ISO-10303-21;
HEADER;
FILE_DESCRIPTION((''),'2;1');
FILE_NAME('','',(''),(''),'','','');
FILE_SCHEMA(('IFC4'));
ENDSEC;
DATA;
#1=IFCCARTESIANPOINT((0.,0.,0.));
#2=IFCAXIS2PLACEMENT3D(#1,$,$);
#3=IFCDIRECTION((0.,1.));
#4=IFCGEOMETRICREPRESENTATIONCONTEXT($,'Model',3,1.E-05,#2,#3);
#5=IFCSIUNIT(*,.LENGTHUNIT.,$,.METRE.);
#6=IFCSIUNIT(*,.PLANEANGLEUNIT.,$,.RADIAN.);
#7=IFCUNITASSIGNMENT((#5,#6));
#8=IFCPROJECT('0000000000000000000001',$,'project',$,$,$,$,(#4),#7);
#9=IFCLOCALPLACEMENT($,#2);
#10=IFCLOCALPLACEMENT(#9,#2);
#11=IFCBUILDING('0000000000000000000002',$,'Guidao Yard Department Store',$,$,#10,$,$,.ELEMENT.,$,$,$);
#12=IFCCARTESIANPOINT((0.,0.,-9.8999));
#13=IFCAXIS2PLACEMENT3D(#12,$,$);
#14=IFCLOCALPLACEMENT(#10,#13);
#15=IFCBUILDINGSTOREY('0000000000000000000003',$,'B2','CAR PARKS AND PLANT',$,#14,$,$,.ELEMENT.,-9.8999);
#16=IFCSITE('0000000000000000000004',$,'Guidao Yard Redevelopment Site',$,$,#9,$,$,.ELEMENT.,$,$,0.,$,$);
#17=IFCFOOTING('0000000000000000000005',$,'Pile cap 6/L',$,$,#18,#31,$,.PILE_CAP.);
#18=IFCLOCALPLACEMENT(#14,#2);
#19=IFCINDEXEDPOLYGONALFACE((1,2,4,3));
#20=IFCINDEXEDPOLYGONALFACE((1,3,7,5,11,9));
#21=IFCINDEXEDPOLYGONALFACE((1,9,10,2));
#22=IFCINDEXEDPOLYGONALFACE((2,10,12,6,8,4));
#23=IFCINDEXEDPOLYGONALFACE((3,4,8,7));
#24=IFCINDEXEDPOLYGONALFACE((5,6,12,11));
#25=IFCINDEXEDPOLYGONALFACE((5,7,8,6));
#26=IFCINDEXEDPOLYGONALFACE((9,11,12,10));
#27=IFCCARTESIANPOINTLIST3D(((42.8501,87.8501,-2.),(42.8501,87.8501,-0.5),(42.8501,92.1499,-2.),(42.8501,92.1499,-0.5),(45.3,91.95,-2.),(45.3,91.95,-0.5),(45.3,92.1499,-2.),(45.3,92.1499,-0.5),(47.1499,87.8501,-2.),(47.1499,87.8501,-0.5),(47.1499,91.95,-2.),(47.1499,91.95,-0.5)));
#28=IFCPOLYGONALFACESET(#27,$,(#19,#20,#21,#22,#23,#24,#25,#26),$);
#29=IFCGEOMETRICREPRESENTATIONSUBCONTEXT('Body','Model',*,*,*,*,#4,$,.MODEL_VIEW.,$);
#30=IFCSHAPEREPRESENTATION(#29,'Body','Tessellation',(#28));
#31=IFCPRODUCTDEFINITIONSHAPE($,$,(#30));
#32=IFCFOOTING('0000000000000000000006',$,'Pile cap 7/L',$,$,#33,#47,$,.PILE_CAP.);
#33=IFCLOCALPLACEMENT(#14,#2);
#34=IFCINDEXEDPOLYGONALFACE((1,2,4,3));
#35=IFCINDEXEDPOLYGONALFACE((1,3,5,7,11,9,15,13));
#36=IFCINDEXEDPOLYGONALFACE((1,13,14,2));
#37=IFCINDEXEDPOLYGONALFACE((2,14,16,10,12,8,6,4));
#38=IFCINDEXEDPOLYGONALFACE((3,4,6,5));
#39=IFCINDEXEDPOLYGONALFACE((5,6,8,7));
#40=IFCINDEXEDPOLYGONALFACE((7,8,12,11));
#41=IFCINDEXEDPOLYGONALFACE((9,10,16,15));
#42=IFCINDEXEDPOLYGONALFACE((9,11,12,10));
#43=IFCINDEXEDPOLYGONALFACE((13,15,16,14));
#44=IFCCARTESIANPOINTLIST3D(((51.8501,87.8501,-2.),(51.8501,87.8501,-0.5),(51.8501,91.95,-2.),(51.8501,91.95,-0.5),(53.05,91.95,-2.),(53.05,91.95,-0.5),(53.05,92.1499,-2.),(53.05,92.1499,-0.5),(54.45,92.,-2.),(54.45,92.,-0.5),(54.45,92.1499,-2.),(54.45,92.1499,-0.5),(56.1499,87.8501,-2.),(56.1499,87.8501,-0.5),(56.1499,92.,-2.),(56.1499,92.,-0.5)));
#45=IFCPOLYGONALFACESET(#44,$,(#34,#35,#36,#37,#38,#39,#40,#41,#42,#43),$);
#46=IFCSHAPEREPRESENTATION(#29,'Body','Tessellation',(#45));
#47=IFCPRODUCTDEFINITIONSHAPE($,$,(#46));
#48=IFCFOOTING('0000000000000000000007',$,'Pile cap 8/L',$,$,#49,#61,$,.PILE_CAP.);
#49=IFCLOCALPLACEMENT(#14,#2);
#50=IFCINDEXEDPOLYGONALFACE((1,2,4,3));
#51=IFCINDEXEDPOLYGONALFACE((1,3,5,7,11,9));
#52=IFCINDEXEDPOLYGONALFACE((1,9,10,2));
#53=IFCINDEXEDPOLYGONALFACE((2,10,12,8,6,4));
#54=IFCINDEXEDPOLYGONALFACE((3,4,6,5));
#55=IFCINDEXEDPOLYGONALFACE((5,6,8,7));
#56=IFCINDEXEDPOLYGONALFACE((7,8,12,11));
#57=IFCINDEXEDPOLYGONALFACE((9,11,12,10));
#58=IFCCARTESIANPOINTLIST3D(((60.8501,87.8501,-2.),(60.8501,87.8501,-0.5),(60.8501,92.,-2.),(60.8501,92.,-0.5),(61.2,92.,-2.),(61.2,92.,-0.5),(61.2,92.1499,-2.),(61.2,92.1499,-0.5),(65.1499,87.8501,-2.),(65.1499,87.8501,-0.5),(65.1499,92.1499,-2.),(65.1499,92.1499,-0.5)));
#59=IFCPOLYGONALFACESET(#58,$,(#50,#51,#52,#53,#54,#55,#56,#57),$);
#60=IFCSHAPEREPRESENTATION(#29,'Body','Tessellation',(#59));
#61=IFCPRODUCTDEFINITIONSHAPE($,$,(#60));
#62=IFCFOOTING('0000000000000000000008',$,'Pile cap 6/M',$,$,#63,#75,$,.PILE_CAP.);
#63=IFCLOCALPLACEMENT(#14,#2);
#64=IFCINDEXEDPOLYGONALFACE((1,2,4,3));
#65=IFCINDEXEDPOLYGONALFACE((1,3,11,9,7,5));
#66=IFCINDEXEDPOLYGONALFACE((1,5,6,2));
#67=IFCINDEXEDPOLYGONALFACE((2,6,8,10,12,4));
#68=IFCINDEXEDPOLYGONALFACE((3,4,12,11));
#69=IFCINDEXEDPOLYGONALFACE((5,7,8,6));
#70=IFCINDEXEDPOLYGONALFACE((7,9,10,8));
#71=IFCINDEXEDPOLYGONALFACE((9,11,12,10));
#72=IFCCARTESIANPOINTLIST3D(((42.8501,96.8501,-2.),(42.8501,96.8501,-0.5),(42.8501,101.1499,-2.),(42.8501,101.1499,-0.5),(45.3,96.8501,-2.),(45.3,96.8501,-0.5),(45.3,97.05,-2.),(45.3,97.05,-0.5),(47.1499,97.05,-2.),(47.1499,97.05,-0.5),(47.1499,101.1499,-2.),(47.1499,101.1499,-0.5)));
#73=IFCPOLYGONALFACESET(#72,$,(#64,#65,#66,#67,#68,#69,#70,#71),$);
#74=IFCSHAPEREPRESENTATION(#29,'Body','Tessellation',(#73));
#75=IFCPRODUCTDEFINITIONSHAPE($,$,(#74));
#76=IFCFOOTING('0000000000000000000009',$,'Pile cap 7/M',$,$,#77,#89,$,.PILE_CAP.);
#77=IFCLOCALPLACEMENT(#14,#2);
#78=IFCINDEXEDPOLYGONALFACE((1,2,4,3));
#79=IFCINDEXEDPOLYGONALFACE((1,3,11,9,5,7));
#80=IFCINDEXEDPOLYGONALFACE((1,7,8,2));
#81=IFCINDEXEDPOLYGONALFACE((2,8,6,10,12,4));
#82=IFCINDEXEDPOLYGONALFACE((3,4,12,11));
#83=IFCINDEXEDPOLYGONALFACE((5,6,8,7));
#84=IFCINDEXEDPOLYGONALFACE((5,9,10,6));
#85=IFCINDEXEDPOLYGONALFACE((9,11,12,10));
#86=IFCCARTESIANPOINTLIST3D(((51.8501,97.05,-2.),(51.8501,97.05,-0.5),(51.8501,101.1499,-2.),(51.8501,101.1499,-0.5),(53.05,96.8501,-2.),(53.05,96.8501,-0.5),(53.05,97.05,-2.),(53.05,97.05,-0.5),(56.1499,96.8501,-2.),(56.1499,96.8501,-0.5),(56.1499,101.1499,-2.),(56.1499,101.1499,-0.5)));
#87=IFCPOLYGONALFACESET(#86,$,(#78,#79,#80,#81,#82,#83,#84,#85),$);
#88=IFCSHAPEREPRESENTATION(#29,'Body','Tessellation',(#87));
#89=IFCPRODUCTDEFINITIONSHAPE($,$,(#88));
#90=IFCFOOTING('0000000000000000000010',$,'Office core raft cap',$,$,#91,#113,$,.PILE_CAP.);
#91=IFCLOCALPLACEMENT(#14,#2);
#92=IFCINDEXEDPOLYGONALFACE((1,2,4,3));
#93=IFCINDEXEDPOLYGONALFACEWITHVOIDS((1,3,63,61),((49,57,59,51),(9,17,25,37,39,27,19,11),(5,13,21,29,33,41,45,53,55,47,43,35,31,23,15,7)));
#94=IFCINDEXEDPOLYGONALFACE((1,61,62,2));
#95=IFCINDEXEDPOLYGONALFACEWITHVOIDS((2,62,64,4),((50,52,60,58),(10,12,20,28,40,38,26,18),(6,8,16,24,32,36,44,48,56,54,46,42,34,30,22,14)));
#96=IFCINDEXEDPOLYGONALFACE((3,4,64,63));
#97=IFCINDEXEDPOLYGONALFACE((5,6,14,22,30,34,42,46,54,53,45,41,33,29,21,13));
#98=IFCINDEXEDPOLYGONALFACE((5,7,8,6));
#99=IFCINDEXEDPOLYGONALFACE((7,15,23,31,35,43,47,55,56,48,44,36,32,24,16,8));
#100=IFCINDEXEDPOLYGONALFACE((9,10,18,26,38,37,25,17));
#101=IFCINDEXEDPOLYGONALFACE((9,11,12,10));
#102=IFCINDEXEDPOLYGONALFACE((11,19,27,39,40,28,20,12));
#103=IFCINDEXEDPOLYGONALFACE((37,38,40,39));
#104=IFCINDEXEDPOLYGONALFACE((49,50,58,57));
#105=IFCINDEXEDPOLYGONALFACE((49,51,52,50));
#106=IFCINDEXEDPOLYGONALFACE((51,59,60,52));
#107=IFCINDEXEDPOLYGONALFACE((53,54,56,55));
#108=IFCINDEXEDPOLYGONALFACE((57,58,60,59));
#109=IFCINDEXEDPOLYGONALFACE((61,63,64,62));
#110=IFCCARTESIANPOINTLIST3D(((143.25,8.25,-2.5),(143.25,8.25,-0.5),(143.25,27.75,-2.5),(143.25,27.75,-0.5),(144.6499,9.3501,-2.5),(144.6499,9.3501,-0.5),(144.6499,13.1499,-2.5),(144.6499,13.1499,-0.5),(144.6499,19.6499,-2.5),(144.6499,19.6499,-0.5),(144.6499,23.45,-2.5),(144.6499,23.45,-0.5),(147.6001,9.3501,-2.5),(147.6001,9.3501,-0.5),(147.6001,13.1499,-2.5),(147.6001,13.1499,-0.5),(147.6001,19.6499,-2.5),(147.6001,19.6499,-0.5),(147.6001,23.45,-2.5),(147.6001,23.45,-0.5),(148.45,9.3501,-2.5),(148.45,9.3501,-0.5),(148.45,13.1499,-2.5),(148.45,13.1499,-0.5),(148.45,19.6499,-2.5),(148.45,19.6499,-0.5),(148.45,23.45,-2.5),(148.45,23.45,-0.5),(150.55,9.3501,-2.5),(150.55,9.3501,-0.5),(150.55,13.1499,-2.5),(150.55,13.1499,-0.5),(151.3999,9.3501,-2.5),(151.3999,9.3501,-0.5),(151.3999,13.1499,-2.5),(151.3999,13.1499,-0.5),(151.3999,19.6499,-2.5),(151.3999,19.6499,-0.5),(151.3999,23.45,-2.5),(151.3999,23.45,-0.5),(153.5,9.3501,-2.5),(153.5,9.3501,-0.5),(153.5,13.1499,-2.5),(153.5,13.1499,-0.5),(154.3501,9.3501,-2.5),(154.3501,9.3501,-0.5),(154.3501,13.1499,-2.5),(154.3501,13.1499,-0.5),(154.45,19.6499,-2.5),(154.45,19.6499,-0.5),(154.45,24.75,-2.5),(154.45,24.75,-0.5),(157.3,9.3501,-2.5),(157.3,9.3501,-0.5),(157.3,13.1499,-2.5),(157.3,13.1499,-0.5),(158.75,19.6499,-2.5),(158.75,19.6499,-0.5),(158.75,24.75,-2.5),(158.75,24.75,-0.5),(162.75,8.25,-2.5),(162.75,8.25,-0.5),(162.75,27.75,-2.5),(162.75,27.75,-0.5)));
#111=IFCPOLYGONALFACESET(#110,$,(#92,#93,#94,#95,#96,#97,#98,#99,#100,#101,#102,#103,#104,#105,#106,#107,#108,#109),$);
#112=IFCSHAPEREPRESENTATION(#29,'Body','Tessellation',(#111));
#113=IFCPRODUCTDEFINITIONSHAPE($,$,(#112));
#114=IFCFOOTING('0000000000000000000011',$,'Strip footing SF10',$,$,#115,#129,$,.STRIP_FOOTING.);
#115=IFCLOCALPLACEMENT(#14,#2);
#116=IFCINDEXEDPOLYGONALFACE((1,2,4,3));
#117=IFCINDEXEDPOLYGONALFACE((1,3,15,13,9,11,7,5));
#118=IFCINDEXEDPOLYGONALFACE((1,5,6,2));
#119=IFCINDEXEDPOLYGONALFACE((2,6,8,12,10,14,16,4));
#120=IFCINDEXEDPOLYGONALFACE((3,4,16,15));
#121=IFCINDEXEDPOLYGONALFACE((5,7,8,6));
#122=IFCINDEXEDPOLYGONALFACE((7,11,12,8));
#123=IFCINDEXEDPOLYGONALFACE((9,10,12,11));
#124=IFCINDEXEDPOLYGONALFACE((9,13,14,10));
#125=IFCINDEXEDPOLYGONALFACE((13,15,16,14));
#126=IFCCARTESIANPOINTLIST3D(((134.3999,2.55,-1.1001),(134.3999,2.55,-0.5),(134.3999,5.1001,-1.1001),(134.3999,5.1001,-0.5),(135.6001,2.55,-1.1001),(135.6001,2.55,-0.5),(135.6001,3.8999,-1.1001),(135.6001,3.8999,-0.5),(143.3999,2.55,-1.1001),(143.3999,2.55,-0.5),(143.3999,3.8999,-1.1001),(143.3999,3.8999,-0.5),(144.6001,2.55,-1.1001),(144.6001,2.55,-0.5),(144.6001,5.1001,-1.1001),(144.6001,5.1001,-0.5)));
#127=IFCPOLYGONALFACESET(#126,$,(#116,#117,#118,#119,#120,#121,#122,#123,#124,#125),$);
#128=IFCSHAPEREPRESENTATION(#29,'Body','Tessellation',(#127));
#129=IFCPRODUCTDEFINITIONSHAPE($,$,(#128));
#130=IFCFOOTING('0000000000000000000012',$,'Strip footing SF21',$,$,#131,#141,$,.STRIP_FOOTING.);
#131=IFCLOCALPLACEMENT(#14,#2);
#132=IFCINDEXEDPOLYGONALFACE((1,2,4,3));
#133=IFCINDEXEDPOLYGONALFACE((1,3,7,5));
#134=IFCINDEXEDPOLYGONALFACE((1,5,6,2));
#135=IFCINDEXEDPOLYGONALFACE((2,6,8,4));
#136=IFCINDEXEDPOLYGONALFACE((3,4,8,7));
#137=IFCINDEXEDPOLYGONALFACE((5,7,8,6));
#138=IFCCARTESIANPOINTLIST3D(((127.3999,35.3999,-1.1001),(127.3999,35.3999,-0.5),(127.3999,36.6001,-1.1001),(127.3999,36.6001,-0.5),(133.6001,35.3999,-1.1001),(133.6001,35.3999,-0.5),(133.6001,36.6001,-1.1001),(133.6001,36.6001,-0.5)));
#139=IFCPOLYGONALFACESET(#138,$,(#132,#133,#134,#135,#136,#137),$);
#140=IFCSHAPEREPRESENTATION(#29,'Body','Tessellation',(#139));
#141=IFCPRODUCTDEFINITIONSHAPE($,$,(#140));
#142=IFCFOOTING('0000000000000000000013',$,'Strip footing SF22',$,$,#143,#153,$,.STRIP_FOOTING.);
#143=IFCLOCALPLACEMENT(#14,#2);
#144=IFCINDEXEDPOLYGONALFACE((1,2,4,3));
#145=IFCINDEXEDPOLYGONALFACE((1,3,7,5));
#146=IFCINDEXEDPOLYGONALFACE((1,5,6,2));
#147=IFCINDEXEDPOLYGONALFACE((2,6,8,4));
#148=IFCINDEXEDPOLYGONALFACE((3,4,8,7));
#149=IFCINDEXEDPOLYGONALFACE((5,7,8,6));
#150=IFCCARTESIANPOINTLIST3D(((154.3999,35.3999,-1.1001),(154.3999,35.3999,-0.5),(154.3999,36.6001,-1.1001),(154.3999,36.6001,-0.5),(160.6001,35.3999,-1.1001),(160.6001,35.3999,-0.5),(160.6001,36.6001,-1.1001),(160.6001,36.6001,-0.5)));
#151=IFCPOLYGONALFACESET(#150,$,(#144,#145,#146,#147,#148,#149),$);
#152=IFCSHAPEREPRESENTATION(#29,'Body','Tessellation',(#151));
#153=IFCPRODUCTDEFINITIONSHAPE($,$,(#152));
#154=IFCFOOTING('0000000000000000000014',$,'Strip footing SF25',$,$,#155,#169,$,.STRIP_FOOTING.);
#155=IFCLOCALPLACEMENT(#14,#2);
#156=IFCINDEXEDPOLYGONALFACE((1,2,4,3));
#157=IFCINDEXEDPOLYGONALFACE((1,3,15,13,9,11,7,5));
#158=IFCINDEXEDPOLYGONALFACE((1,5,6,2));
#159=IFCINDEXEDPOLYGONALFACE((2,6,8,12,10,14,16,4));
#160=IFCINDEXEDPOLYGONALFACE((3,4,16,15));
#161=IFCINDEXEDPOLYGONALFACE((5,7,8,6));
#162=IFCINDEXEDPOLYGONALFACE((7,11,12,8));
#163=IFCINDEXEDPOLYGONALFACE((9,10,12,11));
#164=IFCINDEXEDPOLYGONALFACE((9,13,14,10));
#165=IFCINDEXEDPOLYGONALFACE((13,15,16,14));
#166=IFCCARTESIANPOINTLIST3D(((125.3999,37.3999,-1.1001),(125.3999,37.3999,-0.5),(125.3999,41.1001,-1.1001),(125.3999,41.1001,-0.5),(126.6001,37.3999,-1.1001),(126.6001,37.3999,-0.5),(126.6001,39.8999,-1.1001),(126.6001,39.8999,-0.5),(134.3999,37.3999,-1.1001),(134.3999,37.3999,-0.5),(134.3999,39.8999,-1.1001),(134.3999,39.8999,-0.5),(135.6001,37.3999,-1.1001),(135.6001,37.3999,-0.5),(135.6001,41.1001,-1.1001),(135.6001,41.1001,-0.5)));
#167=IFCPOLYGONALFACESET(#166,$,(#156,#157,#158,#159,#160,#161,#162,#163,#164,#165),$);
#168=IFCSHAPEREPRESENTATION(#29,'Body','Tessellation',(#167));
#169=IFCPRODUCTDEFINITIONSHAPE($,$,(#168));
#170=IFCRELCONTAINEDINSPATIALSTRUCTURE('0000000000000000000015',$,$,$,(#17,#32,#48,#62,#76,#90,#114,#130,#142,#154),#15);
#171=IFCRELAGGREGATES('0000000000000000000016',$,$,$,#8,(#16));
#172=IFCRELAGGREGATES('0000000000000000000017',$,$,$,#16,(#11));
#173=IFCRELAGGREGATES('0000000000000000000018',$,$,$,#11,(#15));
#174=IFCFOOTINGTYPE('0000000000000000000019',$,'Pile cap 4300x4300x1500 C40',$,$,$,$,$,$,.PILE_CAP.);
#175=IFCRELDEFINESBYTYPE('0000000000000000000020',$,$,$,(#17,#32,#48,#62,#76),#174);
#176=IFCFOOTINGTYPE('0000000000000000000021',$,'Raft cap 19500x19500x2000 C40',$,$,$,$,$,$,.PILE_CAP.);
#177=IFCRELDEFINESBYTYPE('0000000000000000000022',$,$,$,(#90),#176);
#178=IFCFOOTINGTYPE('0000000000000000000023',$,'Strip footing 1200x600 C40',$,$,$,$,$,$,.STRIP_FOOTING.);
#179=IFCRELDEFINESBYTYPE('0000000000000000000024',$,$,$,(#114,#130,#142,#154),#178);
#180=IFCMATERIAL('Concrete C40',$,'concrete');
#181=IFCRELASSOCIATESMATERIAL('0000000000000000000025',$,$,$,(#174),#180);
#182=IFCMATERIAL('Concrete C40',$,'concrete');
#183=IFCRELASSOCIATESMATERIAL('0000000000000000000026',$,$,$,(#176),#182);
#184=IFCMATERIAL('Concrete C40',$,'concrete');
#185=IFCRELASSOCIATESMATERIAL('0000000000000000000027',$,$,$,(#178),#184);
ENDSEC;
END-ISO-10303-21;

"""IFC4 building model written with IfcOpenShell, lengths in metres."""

from ifc_helpers import new_model, si_unit, direction, frame, origin, place, context, subcontext, project, spatial, polyline, outline, extrude, material, type_object, element, save


model = new_model("IFC4")

# Units and contexts
model_context = context("Model", 3, precision=1e-05, world=origin(), true_north=direction((0.0, 1.0)))
body_context = subcontext(model_context, "Body", "Model", "MODEL_VIEW")
ifc_project = project(units=[si_unit("LENGTHUNIT", "METRE"), si_unit("PLANEANGLEUNIT", "RADIAN")], contexts=[model_context])

# Site, building, storey
site_placement = place(None, origin())
site = spatial("IfcSite", under=ifc_project, at=site_placement, Name="Guidao Yard Redevelopment Site", CompositionType="ELEMENT", RefElevation=0.0)
building_placement = place(site_placement, origin())
building = spatial("IfcBuilding", under=site, at=building_placement, Name="Guidao Yard Department Store", CompositionType="ELEMENT")
storey_placement = place(building_placement, frame((0.0, 0.0, -9.8999)))
storey = spatial("IfcBuildingStorey", under=building, at=storey_placement, Name="B2", Description="CAR PARKS AND PLANT", CompositionType="ELEMENT", Elevation=-9.8999)

# Footings
ifc_material_1 = material(Name="Concrete C40", Category="concrete")
footing_type_1 = type_object("IfcFootingType", Name="Pile cap 4300x4300x1500 C40", PredefinedType="PILE_CAP", material=ifc_material_1)
footing_1_placement = place(storey_placement, frame((0.0, 0.0, -2.0)))
element("IfcFooting", 1, at=footing_1_placement, inside=storey, type_object=footing_type_1, Name="Pile cap 6/L", PredefinedType="PILE_CAP", context=body_context, shape_type="SweptSolid", body=[
    extrude(outline(polyline([(47.1499, 87.8501), (47.1499, 91.95), (45.3, 91.95), (45.3, 92.1499), (42.8501, 92.1499), (42.8501, 87.8501), (47.1499, 87.8501)])), origin(), (0.0, 0.0, 1.0), 1.5),
])
footing_2_placement = place(storey_placement, frame((0.0, 0.0, -2.0)))
element("IfcFooting", 2, at=footing_2_placement, inside=storey, type_object=footing_type_1, Name="Pile cap 7/L", PredefinedType="PILE_CAP", context=body_context, shape_type="SweptSolid", body=[
    extrude(outline(polyline([(56.1499, 87.8501), (56.1499, 92.0), (54.45, 92.0), (54.45, 92.1499), (53.05, 92.1499), (53.05, 91.95), (51.8501, 91.95), (51.8501, 87.8501), (56.1499, 87.8501)])), origin(), (0.0, 0.0, 1.0), 1.5),
])
footing_3_placement = place(storey_placement, frame((0.0, 0.0, -2.0)))
element("IfcFooting", 3, at=footing_3_placement, inside=storey, type_object=footing_type_1, Name="Pile cap 8/L", PredefinedType="PILE_CAP", context=body_context, shape_type="SweptSolid", body=[
    extrude(outline(polyline([(65.1499, 92.1499), (61.2, 92.1499), (61.2, 92.0), (60.8501, 92.0), (60.8501, 87.8501), (65.1499, 87.8501), (65.1499, 92.1499)])), origin(), (0.0, 0.0, 1.0), 1.5),
])
footing_4_placement = place(storey_placement, frame((0.0, 0.0, -2.0)))
element("IfcFooting", 4, at=footing_4_placement, inside=storey, type_object=footing_type_1, Name="Pile cap 6/M", PredefinedType="PILE_CAP", context=body_context, shape_type="SweptSolid", body=[
    extrude(outline(polyline([(42.8501, 96.8501), (45.3, 96.8501), (45.3, 97.05), (47.1499, 97.05), (47.1499, 101.1499), (42.8501, 101.1499), (42.8501, 96.8501)])), origin(), (0.0, 0.0, 1.0), 1.5),
])
footing_5_placement = place(storey_placement, frame((0.0, 0.0, -2.0)))
element("IfcFooting", 5, at=footing_5_placement, inside=storey, type_object=footing_type_1, Name="Pile cap 7/M", PredefinedType="PILE_CAP", context=body_context, shape_type="SweptSolid", body=[
    extrude(outline(polyline([(51.8501, 101.1499), (51.8501, 97.05), (53.05, 97.05), (53.05, 96.8501), (56.1499, 96.8501), (56.1499, 101.1499), (51.8501, 101.1499)])), origin(), (0.0, 0.0, 1.0), 1.5),
])
ifc_material_2 = material(Name="Concrete C40", Category="concrete")
footing_type_2 = type_object("IfcFootingType", Name="Raft cap 19500x19500x2000 C40", PredefinedType="PILE_CAP", material=ifc_material_2)
footing_6_placement = place(storey_placement, frame((0.0, 0.0, -2.5)))
element("IfcFooting", 6, at=footing_6_placement, inside=storey, type_object=footing_type_2, Name="Office core raft cap", PredefinedType="PILE_CAP", context=body_context, shape_type="SweptSolid", body=[
    extrude(outline(polyline([(143.25, 8.25), (162.75, 8.25), (162.75, 27.75), (143.25, 27.75), (143.25, 8.25)]), holes=[polyline([(144.6499, 13.1499), (147.6001, 13.1499), (148.45, 13.1499), (150.55, 13.1499), (151.3999, 13.1499), (153.5, 13.1499), (154.3501, 13.1499), (157.3, 13.1499), (157.3, 9.3501), (154.3501, 9.3501), (153.5, 9.3501), (151.3999, 9.3501), (150.55, 9.3501), (148.45, 9.3501), (147.6001, 9.3501), (144.6499, 9.3501), (144.6499, 13.1499)]), polyline([(144.6499, 23.45), (147.6001, 23.45), (148.45, 23.45), (151.3999, 23.45), (151.3999, 19.6499), (148.45, 19.6499), (147.6001, 19.6499), (144.6499, 19.6499), (144.6499, 23.45)]), polyline([(158.75, 24.75), (158.75, 19.6499), (154.45, 19.6499), (154.45, 24.75), (158.75, 24.75)])]), origin(), (0.0, 0.0, 1.0), 2.0),
])
ifc_material_3 = material(Name="Concrete C40", Category="concrete")
footing_type_3 = type_object("IfcFootingType", Name="Strip footing 1200x600 C40", PredefinedType="STRIP_FOOTING", material=ifc_material_3)
footing_7_placement = place(storey_placement, frame((0.0, 0.0, -1.1001)))
element("IfcFooting", 7, at=footing_7_placement, inside=storey, type_object=footing_type_3, Name="Strip footing SF10", PredefinedType="STRIP_FOOTING", context=body_context, shape_type="SweptSolid", body=[
    extrude(outline(polyline([(143.3999, 3.8999), (143.3999, 2.55), (144.6001, 2.55), (144.6001, 5.1001), (134.3999, 5.1001), (134.3999, 2.55), (135.6001, 2.55), (135.6001, 3.8999), (143.3999, 3.8999)])), origin(), (0.0, 0.0, 1.0), 0.6001),
])
footing_8_placement = place(storey_placement, frame((0.0, 0.0, -1.1001)))
element("IfcFooting", 8, at=footing_8_placement, inside=storey, type_object=footing_type_3, Name="Strip footing SF21", PredefinedType="STRIP_FOOTING", context=body_context, shape_type="SweptSolid", body=[
    extrude(outline(polyline([(127.3999, 35.3999), (133.6001, 35.3999), (133.6001, 36.6001), (127.3999, 36.6001), (127.3999, 35.3999)])), origin(), (0.0, 0.0, 1.0), 0.6001),
])
footing_9_placement = place(storey_placement, frame((0.0, 0.0, -1.1001)))
element("IfcFooting", 9, at=footing_9_placement, inside=storey, type_object=footing_type_3, Name="Strip footing SF22", PredefinedType="STRIP_FOOTING", context=body_context, shape_type="SweptSolid", body=[
    extrude(outline(polyline([(154.3999, 35.3999), (160.6001, 35.3999), (160.6001, 36.6001), (154.3999, 36.6001), (154.3999, 35.3999)])), origin(), (0.0, 0.0, 1.0), 0.6001),
])
footing_10_placement = place(storey_placement, frame((0.0, 0.0, -1.1001)))
element("IfcFooting", 10, at=footing_10_placement, inside=storey, type_object=footing_type_3, Name="Strip footing SF25", PredefinedType="STRIP_FOOTING", context=body_context, shape_type="SweptSolid", body=[
    extrude(outline(polyline([(135.6001, 41.1001), (125.3999, 41.1001), (125.3999, 37.3999), (126.6001, 37.3999), (126.6001, 39.8999), (134.3999, 39.8999), (134.3999, 37.3999), (135.6001, 37.3999), (135.6001, 41.1001)])), origin(), (0.0, 0.0, 1.0), 0.6001),
])

save(model, "model.ifc")
